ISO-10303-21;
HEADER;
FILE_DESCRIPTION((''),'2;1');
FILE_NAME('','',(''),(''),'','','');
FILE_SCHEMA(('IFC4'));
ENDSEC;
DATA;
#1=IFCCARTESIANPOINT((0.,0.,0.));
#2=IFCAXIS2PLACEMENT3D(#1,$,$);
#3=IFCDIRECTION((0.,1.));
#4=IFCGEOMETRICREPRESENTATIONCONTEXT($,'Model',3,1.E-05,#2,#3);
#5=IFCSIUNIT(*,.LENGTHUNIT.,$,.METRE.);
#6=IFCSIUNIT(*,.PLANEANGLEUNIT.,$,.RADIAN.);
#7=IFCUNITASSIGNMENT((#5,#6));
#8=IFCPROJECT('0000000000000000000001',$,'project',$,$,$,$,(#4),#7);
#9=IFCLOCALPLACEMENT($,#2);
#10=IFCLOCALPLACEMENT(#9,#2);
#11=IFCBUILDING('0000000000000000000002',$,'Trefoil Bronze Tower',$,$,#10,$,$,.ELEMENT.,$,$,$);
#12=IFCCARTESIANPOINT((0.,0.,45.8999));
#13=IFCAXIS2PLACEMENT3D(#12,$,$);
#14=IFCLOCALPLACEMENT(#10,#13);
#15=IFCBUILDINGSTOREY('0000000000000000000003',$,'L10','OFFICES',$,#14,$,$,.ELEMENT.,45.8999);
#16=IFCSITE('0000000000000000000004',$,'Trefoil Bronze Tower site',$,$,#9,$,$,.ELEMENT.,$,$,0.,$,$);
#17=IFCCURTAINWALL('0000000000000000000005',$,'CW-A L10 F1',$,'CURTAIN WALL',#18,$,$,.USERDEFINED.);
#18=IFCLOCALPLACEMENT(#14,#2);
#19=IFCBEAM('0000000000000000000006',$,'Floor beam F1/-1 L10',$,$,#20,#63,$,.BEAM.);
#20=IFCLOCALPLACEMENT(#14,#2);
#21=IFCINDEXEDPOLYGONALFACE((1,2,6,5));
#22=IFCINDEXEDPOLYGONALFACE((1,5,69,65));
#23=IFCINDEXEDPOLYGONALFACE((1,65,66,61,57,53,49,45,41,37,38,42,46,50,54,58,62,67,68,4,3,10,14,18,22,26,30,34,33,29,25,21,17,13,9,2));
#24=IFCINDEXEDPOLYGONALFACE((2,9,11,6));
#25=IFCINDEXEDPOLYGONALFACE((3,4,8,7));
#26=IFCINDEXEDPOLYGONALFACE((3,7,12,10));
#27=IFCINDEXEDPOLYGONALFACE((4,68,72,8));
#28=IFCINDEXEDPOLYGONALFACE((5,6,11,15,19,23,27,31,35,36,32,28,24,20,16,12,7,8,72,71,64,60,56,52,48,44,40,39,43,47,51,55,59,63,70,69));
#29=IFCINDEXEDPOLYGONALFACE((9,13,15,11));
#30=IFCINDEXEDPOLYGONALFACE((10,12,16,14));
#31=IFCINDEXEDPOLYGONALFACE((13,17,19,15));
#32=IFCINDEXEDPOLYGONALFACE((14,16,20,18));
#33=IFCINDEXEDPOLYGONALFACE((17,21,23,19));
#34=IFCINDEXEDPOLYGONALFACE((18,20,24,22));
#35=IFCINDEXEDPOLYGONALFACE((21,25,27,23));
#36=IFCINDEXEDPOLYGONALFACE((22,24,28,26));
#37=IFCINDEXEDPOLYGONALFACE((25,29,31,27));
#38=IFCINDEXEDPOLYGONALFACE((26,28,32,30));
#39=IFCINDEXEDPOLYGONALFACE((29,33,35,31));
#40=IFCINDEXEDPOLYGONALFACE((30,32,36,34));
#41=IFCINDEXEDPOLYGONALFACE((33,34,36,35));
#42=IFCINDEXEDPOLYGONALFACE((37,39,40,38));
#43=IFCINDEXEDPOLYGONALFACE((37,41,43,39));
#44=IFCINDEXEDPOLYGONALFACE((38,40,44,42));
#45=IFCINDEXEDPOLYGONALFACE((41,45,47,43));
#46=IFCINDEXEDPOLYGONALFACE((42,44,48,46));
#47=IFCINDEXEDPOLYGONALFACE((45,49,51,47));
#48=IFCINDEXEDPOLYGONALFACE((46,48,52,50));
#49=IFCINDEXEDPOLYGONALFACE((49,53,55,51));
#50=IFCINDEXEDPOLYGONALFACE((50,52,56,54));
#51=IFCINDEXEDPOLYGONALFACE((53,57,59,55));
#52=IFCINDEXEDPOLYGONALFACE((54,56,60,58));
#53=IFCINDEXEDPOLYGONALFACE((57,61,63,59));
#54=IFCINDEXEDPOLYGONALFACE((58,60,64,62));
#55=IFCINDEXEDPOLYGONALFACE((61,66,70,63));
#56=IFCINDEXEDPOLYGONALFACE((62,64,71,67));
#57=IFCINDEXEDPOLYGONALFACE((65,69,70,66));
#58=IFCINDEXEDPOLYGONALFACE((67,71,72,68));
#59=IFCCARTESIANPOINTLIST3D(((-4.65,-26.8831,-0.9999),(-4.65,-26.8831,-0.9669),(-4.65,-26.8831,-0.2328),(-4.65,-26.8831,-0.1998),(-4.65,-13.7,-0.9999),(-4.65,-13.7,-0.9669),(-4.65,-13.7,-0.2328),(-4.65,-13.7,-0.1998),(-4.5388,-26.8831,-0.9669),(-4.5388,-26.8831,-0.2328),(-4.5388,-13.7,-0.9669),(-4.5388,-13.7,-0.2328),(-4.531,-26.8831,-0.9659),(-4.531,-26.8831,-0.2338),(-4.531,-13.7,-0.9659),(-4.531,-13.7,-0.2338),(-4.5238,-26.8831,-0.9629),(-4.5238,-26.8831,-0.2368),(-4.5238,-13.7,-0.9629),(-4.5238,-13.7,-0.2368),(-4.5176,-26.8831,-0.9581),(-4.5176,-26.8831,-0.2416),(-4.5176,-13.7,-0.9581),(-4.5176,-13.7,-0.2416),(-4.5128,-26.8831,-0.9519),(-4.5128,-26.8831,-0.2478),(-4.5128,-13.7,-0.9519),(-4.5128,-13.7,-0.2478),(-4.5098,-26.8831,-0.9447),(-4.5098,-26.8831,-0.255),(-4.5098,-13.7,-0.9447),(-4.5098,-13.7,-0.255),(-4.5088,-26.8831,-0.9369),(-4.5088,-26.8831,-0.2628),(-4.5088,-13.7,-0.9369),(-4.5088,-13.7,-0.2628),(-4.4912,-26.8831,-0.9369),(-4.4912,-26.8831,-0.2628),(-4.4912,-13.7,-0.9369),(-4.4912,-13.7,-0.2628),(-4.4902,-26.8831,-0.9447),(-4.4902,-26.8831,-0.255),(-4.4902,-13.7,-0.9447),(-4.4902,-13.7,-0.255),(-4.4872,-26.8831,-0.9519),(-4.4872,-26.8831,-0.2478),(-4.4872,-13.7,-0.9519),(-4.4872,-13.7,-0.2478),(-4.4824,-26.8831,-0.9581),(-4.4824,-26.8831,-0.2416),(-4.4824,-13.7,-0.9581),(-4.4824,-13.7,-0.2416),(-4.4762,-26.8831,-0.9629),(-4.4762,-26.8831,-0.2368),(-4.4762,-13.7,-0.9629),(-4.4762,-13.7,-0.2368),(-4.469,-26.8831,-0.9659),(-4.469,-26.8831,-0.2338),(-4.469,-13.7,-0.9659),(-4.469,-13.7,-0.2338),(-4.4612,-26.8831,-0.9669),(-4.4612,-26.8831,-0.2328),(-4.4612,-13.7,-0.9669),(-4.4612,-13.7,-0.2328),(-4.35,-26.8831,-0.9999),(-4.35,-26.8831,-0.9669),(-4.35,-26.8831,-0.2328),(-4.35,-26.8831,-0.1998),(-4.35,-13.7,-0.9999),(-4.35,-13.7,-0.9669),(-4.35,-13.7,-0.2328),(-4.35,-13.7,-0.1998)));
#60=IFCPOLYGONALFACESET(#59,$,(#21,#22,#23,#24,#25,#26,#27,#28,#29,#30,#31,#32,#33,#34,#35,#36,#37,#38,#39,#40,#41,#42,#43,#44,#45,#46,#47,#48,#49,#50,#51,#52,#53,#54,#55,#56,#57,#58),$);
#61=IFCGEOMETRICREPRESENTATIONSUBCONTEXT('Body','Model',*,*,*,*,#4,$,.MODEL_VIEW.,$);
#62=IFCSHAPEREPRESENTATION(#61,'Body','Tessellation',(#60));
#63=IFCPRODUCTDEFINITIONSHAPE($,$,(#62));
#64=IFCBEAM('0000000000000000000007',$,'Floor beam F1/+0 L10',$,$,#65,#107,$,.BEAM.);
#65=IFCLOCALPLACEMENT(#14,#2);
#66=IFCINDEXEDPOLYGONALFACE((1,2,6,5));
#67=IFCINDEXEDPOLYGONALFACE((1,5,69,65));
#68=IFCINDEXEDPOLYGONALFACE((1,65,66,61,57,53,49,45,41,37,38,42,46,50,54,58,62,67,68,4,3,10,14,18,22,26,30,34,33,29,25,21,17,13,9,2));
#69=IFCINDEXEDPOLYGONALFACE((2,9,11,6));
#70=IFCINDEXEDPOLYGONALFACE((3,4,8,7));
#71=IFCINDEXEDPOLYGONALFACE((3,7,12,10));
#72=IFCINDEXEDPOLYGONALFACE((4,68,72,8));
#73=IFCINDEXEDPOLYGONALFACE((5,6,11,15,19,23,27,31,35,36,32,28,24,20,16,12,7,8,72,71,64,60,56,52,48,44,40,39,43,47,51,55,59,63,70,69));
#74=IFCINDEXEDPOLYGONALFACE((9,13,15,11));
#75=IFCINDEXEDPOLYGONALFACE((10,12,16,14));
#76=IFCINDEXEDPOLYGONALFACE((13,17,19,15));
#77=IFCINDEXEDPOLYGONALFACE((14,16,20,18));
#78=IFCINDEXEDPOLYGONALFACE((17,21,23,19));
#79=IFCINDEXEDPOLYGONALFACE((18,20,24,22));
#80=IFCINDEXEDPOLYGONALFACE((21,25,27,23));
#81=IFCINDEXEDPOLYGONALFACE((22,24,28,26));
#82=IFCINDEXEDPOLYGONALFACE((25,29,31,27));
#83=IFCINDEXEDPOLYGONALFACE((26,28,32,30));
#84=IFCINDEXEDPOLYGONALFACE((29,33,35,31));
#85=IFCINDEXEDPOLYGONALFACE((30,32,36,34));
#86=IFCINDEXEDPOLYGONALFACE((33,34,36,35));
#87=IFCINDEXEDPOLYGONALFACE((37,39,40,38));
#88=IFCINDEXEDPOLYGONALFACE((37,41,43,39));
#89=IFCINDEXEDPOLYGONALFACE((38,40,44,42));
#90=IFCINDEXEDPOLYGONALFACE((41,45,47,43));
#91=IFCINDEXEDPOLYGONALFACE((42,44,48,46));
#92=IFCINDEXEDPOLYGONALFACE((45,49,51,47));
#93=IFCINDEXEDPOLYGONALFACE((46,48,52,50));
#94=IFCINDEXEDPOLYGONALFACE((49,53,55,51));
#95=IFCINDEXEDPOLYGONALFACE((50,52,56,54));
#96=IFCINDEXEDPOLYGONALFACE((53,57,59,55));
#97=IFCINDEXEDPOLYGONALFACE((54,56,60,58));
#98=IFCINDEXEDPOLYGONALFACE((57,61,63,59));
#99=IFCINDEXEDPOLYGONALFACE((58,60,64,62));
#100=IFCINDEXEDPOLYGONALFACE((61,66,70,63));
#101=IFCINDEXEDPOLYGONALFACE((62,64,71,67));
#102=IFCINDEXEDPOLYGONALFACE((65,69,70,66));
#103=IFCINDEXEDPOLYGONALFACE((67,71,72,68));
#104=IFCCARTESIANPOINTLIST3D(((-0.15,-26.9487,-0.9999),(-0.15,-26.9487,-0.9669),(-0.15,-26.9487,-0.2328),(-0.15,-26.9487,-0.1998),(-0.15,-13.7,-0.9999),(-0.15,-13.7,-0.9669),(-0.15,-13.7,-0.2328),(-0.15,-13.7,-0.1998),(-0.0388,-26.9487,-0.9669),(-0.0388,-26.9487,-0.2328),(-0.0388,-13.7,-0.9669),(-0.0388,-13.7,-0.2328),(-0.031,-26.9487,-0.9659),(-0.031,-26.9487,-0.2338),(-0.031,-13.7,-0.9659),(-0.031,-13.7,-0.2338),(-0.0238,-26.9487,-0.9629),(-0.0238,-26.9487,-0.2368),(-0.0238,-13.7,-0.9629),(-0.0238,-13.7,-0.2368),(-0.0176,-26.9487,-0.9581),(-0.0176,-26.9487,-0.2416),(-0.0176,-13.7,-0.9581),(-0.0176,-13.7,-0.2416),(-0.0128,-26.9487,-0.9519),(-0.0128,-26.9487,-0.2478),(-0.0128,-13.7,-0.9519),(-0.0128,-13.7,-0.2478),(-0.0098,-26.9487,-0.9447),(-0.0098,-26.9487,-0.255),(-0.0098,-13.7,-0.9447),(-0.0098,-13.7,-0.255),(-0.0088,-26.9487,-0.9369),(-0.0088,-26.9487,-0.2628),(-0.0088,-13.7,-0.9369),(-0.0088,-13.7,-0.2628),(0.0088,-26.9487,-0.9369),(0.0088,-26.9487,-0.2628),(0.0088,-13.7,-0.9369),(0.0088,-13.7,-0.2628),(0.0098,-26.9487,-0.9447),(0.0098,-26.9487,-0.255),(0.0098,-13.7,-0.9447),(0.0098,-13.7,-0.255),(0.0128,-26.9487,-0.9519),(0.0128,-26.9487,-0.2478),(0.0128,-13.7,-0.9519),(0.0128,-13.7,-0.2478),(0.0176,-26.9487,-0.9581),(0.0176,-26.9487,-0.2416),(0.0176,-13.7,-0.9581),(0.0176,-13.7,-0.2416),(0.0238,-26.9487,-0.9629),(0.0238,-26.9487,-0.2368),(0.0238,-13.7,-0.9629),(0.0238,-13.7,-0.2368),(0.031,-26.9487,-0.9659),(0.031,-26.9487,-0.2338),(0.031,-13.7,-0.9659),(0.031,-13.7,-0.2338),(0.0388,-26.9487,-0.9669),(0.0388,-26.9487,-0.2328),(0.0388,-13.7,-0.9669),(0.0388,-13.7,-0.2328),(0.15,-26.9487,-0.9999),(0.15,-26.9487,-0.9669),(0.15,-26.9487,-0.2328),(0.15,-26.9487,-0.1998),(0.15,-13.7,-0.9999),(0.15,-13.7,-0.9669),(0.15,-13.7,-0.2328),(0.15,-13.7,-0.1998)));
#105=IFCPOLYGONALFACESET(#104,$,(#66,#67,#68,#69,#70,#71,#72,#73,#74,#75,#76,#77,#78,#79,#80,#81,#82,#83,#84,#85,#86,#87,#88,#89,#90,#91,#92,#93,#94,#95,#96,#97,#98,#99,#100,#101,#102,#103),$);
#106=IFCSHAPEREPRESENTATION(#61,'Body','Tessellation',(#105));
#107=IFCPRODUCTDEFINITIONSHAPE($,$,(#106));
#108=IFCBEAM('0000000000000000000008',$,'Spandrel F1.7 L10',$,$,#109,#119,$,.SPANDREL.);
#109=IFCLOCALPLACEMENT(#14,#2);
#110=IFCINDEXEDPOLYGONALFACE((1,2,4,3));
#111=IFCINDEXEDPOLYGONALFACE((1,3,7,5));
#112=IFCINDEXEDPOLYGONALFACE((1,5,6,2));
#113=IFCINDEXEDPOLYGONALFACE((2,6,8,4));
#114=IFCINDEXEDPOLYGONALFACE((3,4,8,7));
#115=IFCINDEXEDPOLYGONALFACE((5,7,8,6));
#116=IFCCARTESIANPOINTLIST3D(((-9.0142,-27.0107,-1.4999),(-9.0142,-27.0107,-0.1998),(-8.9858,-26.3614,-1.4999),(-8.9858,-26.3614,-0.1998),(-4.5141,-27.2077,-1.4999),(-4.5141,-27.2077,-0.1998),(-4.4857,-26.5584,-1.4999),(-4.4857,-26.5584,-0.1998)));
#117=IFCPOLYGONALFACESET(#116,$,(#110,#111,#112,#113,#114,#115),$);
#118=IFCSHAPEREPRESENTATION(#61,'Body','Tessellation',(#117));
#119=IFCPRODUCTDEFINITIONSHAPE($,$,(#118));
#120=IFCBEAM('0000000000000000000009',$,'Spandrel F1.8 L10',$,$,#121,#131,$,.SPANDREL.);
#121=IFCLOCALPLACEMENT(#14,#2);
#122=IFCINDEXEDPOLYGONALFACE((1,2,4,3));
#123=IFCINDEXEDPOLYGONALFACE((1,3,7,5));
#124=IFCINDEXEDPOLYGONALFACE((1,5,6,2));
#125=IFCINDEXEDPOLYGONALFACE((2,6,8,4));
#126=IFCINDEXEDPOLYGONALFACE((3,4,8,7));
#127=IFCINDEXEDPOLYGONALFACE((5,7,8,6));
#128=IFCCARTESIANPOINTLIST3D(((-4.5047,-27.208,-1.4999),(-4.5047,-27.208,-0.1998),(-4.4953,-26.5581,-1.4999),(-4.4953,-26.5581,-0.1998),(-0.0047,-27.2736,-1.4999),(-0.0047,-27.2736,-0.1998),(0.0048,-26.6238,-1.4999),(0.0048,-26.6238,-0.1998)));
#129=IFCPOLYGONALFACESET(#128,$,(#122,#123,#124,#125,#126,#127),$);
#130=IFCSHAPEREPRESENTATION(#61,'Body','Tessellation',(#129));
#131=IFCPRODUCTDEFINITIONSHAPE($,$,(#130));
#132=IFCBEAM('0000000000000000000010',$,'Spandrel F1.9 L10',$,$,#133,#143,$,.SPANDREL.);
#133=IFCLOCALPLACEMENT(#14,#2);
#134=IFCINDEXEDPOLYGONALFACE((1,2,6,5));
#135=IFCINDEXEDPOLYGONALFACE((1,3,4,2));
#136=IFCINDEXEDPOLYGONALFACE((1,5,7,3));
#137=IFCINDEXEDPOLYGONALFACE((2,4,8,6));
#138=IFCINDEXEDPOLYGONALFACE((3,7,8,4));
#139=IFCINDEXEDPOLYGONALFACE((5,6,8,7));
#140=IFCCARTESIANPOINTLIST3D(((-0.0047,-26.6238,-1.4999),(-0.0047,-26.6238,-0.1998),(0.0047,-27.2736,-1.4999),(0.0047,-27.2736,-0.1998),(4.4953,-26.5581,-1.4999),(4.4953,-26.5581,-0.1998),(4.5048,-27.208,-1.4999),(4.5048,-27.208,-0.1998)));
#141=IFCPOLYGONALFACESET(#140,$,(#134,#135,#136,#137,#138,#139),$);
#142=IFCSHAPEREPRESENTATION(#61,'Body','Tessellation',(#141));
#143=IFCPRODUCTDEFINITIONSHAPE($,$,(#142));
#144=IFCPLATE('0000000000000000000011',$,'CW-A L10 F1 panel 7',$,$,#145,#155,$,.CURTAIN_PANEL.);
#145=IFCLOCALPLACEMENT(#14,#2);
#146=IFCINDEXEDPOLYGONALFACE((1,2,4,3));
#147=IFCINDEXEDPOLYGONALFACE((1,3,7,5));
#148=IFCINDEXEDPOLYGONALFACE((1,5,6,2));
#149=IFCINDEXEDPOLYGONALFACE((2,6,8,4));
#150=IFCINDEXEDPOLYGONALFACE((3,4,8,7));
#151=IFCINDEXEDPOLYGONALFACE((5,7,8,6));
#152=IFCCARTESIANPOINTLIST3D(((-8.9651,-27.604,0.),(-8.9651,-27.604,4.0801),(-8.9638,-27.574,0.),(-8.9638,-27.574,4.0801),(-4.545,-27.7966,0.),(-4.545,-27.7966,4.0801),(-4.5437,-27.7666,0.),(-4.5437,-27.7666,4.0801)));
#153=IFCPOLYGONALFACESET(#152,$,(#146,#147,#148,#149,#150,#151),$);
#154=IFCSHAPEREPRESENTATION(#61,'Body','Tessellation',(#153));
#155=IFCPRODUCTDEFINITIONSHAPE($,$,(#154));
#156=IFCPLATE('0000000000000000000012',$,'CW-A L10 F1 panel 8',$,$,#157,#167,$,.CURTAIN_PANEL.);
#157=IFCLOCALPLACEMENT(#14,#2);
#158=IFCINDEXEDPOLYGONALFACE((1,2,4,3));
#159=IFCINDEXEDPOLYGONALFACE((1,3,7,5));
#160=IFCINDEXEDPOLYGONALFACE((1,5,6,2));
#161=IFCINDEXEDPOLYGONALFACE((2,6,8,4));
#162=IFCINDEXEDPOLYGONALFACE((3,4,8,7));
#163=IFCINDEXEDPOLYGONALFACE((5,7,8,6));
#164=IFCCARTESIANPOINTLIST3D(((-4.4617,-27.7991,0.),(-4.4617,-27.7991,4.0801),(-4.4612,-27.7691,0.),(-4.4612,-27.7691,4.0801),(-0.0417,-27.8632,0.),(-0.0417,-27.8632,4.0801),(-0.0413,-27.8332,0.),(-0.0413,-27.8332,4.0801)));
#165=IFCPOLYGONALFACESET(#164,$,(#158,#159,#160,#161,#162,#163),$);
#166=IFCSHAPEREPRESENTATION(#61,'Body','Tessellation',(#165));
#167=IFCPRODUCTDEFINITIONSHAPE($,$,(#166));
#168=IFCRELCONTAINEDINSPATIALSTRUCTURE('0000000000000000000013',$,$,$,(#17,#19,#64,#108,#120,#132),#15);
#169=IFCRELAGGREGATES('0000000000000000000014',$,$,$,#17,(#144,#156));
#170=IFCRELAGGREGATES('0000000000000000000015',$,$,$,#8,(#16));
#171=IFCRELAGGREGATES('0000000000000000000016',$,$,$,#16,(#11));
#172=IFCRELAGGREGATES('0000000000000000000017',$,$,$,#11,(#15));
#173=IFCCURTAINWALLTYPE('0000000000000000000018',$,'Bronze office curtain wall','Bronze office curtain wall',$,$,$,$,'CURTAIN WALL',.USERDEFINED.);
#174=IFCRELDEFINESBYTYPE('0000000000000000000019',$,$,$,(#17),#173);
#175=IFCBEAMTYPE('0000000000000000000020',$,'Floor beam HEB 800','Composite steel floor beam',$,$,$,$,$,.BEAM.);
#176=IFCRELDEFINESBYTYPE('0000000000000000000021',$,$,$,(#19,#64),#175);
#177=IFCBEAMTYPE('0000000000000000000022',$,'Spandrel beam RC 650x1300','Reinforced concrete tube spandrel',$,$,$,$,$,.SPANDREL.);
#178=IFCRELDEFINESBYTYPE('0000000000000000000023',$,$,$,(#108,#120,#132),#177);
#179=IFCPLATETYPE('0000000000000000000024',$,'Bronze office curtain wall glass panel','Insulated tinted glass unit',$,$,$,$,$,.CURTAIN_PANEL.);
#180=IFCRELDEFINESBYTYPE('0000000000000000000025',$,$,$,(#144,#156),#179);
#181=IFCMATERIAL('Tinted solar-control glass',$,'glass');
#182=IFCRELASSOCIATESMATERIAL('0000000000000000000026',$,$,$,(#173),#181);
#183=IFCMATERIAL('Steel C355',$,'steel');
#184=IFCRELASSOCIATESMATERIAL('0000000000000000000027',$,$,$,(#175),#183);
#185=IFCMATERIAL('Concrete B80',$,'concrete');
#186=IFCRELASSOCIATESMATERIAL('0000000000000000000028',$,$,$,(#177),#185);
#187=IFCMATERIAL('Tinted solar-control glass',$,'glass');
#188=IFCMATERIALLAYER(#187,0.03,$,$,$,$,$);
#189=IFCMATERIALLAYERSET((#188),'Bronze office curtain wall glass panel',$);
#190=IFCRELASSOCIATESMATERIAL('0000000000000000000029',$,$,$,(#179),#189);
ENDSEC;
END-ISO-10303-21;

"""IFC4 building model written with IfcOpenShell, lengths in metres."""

from ifc_helpers import new_model, si_unit, direction, frame, origin, origin_2d, place, context, subcontext, project, spatial, rectangle, i_section, extrude, material, layer, layer_set, material_profile, profile_set, type_object, element, aggregate, save


model = new_model("IFC4")

# Units and contexts
model_context = context("Model", 3, precision=1e-05, world=origin(), true_north=direction((0.0, 1.0)))
body_context = subcontext(model_context, "Body", "Model", "MODEL_VIEW")
ifc_project = project(units=[si_unit("LENGTHUNIT", "METRE"), si_unit("PLANEANGLEUNIT", "RADIAN")], contexts=[model_context])

# Site, building, storey
site_placement = place(None, origin())
site = spatial("IfcSite", under=ifc_project, at=site_placement, Name="Trefoil Bronze Tower site", CompositionType="ELEMENT", RefElevation=0.0)
building_placement = place(site_placement, origin())
building = spatial("IfcBuilding", under=site, at=building_placement, Name="Trefoil Bronze Tower", CompositionType="ELEMENT")
storey_placement = place(building_placement, frame((0.0, 0.0, 45.8999)))
storey = spatial("IfcBuildingStorey", under=building, at=storey_placement, Name="L10", Description="OFFICES", CompositionType="ELEMENT", Elevation=45.8999)

# Curtain wall
ifc_material_1 = material(Name="Tinted solar-control glass", Category="glass")
curtain_wall_type = type_object("IfcCurtainWallType", Name="Bronze office curtain wall", Description="Bronze office curtain wall", ElementType="CURTAIN WALL", PredefinedType="USERDEFINED", material=ifc_material_1)
curtain_wall_placement = place(storey_placement, origin())
curtain_wall = element("IfcCurtainWall", 1, at=curtain_wall_placement, inside=storey, type_object=curtain_wall_type, Name="CW-A L10 F1", ObjectType="CURTAIN WALL", PredefinedType="USERDEFINED")

# Beams
ifc_material_2 = material(Name="Steel C355", Category="steel")
ifc_material_profile_1 = material_profile(ifc_material_2, i_section(OverallWidth=0.3, OverallDepth=0.8, WebThickness=0.0176, FlangeThickness=0.033, FilletRadius=0.03, at=origin_2d()), Name="HEB 800")
ifc_profile_set_1 = profile_set([ifc_material_profile_1], Name="Steel C355")
beam_type_1 = type_object("IfcBeamType", Name="Floor beam HEB 800", Description="Composite steel floor beam", PredefinedType="BEAM", material=ifc_profile_set_1)
beam_1_placement = place(storey_placement, frame((-4.5, -26.8831, -0.5999), z_axis=(0.0, 1.0, 0.0), x_axis=(-1.0, 0.0, 0.0)))
element("IfcBeam", 2, at=beam_1_placement, inside=storey, type_object=beam_type_1, Name="Floor beam F1/-1 L10", PredefinedType="BEAM", context=body_context, shape_type="SweptSolid", body=[
    extrude(i_section(OverallWidth=0.3, OverallDepth=0.8, WebThickness=0.0176, FlangeThickness=0.033, FilletRadius=0.03, at=origin_2d()), origin(), (0.0, 0.0, 1.0), 13.1831),
])
beam_2_placement = place(storey_placement, frame((0.0, -26.9487, -0.5999), z_axis=(0.0, 1.0, 0.0), x_axis=(-1.0, 0.0, 0.0)))
element("IfcBeam", 3, at=beam_2_placement, inside=storey, type_object=beam_type_1, Name="Floor beam F1/+0 L10", PredefinedType="BEAM", context=body_context, shape_type="SweptSolid", body=[
    extrude(i_section(OverallWidth=0.3, OverallDepth=0.8, WebThickness=0.0176, FlangeThickness=0.033, FilletRadius=0.03, at=origin_2d()), origin(), (0.0, 0.0, 1.0), 13.2488),
])
ifc_material_3 = material(Name="Concrete B80", Category="concrete")
ifc_material_profile_2 = material_profile(ifc_material_3, rectangle(XDim=0.6499, YDim=1.3, at=origin_2d()), Name="RC 650x1300")
ifc_profile_set_2 = profile_set([ifc_material_profile_2], Name="Concrete B80")
beam_type_2 = type_object("IfcBeamType", Name="Spandrel beam RC 650x1300", Description="Reinforced concrete tube spandrel", PredefinedType="SPANDREL", material=ifc_profile_set_2)
beam_3_placement = place(storey_placement, frame((-9.0, -26.686, -0.8499), z_axis=(0.999043, -0.043741, 0.0), x_axis=(0.043741, 0.999043, 0.0)))
element("IfcBeam", 4, at=beam_3_placement, inside=storey, type_object=beam_type_2, Name="Spandrel F1.7 L10", PredefinedType="SPANDREL", context=body_context, shape_type="SweptSolid", body=[
    extrude(rectangle(XDim=0.6499, YDim=1.3, at=origin_2d()), origin(), (0.0, 0.0, 1.0), 4.5044),
])
for number, where, z_axis, x_axis, name in (
    (5, (-4.5, -26.8831, -0.8499), (0.999894, -0.014593, 0.0), (0.014593, 0.999894, 0.0), "Spandrel F1.8 L10"),
    (6, (0.0, -26.9487, -0.8499), (0.999894, 0.014593, 0.0), (-0.014593, 0.999894, 0.0), "Spandrel F1.9 L10"),
):
    element("IfcBeam", number, at=place(storey_placement, frame(where, z_axis=z_axis, x_axis=x_axis)), inside=storey, type_object=beam_type_2, Name=name, PredefinedType="SPANDREL", context=body_context, shape_type="SweptSolid", body=[
        extrude(rectangle(XDim=0.6499, YDim=1.3, at=origin_2d()), origin(), (0.0, 0.0, 1.0), 4.5005),
    ])

# Plates
ifc_material_4 = material(Name="Tinted solar-control glass", Category="glass")
ifc_layer_1 = layer(ifc_material_4, 0.03)
ifc_layer_set_1 = layer_set([ifc_layer_1], Name="Bronze office curtain wall glass panel")
plate_type = type_object("IfcPlateType", Name="Bronze office curtain wall glass panel", Description="Insulated tinted glass unit", PredefinedType="CURTAIN_PANEL", material=ifc_layer_set_1)
plate_1_placement = place(storey_placement, frame((-6.7544, -27.6853, 0.0), z_axis=(0.0, 0.0, 1.0), x_axis=(0.999052, -0.043528, 0.0)))
plate_1 = element("IfcPlate", 7, at=plate_1_placement, type_object=plate_type, Name="CW-A L10 F1 panel 7", PredefinedType="CURTAIN_PANEL", context=body_context, shape_type="SweptSolid", body=[
    extrude(rectangle(XDim=4.4243, YDim=0.03, at=origin_2d()), origin(), (0.0, 0.0, 1.0), 4.0801),
])
plate_2_placement = place(storey_placement, frame((-2.2515, -27.8162, 0.0), z_axis=(0.0, 0.0, 1.0), x_axis=(0.999895, -0.014509, 0.0)))
plate_2 = element("IfcPlate", 8, at=plate_2_placement, type_object=plate_type, Name="CW-A L10 F1 panel 8", PredefinedType="CURTAIN_PANEL", context=body_context, shape_type="SweptSolid", body=[
    extrude(rectangle(XDim=4.4204, YDim=0.03, at=origin_2d()), origin(), (0.0, 0.0, 1.0), 4.0801),
])
aggregate(curtain_wall, [plate_1, plate_2])

save(model, "model.ifc")
